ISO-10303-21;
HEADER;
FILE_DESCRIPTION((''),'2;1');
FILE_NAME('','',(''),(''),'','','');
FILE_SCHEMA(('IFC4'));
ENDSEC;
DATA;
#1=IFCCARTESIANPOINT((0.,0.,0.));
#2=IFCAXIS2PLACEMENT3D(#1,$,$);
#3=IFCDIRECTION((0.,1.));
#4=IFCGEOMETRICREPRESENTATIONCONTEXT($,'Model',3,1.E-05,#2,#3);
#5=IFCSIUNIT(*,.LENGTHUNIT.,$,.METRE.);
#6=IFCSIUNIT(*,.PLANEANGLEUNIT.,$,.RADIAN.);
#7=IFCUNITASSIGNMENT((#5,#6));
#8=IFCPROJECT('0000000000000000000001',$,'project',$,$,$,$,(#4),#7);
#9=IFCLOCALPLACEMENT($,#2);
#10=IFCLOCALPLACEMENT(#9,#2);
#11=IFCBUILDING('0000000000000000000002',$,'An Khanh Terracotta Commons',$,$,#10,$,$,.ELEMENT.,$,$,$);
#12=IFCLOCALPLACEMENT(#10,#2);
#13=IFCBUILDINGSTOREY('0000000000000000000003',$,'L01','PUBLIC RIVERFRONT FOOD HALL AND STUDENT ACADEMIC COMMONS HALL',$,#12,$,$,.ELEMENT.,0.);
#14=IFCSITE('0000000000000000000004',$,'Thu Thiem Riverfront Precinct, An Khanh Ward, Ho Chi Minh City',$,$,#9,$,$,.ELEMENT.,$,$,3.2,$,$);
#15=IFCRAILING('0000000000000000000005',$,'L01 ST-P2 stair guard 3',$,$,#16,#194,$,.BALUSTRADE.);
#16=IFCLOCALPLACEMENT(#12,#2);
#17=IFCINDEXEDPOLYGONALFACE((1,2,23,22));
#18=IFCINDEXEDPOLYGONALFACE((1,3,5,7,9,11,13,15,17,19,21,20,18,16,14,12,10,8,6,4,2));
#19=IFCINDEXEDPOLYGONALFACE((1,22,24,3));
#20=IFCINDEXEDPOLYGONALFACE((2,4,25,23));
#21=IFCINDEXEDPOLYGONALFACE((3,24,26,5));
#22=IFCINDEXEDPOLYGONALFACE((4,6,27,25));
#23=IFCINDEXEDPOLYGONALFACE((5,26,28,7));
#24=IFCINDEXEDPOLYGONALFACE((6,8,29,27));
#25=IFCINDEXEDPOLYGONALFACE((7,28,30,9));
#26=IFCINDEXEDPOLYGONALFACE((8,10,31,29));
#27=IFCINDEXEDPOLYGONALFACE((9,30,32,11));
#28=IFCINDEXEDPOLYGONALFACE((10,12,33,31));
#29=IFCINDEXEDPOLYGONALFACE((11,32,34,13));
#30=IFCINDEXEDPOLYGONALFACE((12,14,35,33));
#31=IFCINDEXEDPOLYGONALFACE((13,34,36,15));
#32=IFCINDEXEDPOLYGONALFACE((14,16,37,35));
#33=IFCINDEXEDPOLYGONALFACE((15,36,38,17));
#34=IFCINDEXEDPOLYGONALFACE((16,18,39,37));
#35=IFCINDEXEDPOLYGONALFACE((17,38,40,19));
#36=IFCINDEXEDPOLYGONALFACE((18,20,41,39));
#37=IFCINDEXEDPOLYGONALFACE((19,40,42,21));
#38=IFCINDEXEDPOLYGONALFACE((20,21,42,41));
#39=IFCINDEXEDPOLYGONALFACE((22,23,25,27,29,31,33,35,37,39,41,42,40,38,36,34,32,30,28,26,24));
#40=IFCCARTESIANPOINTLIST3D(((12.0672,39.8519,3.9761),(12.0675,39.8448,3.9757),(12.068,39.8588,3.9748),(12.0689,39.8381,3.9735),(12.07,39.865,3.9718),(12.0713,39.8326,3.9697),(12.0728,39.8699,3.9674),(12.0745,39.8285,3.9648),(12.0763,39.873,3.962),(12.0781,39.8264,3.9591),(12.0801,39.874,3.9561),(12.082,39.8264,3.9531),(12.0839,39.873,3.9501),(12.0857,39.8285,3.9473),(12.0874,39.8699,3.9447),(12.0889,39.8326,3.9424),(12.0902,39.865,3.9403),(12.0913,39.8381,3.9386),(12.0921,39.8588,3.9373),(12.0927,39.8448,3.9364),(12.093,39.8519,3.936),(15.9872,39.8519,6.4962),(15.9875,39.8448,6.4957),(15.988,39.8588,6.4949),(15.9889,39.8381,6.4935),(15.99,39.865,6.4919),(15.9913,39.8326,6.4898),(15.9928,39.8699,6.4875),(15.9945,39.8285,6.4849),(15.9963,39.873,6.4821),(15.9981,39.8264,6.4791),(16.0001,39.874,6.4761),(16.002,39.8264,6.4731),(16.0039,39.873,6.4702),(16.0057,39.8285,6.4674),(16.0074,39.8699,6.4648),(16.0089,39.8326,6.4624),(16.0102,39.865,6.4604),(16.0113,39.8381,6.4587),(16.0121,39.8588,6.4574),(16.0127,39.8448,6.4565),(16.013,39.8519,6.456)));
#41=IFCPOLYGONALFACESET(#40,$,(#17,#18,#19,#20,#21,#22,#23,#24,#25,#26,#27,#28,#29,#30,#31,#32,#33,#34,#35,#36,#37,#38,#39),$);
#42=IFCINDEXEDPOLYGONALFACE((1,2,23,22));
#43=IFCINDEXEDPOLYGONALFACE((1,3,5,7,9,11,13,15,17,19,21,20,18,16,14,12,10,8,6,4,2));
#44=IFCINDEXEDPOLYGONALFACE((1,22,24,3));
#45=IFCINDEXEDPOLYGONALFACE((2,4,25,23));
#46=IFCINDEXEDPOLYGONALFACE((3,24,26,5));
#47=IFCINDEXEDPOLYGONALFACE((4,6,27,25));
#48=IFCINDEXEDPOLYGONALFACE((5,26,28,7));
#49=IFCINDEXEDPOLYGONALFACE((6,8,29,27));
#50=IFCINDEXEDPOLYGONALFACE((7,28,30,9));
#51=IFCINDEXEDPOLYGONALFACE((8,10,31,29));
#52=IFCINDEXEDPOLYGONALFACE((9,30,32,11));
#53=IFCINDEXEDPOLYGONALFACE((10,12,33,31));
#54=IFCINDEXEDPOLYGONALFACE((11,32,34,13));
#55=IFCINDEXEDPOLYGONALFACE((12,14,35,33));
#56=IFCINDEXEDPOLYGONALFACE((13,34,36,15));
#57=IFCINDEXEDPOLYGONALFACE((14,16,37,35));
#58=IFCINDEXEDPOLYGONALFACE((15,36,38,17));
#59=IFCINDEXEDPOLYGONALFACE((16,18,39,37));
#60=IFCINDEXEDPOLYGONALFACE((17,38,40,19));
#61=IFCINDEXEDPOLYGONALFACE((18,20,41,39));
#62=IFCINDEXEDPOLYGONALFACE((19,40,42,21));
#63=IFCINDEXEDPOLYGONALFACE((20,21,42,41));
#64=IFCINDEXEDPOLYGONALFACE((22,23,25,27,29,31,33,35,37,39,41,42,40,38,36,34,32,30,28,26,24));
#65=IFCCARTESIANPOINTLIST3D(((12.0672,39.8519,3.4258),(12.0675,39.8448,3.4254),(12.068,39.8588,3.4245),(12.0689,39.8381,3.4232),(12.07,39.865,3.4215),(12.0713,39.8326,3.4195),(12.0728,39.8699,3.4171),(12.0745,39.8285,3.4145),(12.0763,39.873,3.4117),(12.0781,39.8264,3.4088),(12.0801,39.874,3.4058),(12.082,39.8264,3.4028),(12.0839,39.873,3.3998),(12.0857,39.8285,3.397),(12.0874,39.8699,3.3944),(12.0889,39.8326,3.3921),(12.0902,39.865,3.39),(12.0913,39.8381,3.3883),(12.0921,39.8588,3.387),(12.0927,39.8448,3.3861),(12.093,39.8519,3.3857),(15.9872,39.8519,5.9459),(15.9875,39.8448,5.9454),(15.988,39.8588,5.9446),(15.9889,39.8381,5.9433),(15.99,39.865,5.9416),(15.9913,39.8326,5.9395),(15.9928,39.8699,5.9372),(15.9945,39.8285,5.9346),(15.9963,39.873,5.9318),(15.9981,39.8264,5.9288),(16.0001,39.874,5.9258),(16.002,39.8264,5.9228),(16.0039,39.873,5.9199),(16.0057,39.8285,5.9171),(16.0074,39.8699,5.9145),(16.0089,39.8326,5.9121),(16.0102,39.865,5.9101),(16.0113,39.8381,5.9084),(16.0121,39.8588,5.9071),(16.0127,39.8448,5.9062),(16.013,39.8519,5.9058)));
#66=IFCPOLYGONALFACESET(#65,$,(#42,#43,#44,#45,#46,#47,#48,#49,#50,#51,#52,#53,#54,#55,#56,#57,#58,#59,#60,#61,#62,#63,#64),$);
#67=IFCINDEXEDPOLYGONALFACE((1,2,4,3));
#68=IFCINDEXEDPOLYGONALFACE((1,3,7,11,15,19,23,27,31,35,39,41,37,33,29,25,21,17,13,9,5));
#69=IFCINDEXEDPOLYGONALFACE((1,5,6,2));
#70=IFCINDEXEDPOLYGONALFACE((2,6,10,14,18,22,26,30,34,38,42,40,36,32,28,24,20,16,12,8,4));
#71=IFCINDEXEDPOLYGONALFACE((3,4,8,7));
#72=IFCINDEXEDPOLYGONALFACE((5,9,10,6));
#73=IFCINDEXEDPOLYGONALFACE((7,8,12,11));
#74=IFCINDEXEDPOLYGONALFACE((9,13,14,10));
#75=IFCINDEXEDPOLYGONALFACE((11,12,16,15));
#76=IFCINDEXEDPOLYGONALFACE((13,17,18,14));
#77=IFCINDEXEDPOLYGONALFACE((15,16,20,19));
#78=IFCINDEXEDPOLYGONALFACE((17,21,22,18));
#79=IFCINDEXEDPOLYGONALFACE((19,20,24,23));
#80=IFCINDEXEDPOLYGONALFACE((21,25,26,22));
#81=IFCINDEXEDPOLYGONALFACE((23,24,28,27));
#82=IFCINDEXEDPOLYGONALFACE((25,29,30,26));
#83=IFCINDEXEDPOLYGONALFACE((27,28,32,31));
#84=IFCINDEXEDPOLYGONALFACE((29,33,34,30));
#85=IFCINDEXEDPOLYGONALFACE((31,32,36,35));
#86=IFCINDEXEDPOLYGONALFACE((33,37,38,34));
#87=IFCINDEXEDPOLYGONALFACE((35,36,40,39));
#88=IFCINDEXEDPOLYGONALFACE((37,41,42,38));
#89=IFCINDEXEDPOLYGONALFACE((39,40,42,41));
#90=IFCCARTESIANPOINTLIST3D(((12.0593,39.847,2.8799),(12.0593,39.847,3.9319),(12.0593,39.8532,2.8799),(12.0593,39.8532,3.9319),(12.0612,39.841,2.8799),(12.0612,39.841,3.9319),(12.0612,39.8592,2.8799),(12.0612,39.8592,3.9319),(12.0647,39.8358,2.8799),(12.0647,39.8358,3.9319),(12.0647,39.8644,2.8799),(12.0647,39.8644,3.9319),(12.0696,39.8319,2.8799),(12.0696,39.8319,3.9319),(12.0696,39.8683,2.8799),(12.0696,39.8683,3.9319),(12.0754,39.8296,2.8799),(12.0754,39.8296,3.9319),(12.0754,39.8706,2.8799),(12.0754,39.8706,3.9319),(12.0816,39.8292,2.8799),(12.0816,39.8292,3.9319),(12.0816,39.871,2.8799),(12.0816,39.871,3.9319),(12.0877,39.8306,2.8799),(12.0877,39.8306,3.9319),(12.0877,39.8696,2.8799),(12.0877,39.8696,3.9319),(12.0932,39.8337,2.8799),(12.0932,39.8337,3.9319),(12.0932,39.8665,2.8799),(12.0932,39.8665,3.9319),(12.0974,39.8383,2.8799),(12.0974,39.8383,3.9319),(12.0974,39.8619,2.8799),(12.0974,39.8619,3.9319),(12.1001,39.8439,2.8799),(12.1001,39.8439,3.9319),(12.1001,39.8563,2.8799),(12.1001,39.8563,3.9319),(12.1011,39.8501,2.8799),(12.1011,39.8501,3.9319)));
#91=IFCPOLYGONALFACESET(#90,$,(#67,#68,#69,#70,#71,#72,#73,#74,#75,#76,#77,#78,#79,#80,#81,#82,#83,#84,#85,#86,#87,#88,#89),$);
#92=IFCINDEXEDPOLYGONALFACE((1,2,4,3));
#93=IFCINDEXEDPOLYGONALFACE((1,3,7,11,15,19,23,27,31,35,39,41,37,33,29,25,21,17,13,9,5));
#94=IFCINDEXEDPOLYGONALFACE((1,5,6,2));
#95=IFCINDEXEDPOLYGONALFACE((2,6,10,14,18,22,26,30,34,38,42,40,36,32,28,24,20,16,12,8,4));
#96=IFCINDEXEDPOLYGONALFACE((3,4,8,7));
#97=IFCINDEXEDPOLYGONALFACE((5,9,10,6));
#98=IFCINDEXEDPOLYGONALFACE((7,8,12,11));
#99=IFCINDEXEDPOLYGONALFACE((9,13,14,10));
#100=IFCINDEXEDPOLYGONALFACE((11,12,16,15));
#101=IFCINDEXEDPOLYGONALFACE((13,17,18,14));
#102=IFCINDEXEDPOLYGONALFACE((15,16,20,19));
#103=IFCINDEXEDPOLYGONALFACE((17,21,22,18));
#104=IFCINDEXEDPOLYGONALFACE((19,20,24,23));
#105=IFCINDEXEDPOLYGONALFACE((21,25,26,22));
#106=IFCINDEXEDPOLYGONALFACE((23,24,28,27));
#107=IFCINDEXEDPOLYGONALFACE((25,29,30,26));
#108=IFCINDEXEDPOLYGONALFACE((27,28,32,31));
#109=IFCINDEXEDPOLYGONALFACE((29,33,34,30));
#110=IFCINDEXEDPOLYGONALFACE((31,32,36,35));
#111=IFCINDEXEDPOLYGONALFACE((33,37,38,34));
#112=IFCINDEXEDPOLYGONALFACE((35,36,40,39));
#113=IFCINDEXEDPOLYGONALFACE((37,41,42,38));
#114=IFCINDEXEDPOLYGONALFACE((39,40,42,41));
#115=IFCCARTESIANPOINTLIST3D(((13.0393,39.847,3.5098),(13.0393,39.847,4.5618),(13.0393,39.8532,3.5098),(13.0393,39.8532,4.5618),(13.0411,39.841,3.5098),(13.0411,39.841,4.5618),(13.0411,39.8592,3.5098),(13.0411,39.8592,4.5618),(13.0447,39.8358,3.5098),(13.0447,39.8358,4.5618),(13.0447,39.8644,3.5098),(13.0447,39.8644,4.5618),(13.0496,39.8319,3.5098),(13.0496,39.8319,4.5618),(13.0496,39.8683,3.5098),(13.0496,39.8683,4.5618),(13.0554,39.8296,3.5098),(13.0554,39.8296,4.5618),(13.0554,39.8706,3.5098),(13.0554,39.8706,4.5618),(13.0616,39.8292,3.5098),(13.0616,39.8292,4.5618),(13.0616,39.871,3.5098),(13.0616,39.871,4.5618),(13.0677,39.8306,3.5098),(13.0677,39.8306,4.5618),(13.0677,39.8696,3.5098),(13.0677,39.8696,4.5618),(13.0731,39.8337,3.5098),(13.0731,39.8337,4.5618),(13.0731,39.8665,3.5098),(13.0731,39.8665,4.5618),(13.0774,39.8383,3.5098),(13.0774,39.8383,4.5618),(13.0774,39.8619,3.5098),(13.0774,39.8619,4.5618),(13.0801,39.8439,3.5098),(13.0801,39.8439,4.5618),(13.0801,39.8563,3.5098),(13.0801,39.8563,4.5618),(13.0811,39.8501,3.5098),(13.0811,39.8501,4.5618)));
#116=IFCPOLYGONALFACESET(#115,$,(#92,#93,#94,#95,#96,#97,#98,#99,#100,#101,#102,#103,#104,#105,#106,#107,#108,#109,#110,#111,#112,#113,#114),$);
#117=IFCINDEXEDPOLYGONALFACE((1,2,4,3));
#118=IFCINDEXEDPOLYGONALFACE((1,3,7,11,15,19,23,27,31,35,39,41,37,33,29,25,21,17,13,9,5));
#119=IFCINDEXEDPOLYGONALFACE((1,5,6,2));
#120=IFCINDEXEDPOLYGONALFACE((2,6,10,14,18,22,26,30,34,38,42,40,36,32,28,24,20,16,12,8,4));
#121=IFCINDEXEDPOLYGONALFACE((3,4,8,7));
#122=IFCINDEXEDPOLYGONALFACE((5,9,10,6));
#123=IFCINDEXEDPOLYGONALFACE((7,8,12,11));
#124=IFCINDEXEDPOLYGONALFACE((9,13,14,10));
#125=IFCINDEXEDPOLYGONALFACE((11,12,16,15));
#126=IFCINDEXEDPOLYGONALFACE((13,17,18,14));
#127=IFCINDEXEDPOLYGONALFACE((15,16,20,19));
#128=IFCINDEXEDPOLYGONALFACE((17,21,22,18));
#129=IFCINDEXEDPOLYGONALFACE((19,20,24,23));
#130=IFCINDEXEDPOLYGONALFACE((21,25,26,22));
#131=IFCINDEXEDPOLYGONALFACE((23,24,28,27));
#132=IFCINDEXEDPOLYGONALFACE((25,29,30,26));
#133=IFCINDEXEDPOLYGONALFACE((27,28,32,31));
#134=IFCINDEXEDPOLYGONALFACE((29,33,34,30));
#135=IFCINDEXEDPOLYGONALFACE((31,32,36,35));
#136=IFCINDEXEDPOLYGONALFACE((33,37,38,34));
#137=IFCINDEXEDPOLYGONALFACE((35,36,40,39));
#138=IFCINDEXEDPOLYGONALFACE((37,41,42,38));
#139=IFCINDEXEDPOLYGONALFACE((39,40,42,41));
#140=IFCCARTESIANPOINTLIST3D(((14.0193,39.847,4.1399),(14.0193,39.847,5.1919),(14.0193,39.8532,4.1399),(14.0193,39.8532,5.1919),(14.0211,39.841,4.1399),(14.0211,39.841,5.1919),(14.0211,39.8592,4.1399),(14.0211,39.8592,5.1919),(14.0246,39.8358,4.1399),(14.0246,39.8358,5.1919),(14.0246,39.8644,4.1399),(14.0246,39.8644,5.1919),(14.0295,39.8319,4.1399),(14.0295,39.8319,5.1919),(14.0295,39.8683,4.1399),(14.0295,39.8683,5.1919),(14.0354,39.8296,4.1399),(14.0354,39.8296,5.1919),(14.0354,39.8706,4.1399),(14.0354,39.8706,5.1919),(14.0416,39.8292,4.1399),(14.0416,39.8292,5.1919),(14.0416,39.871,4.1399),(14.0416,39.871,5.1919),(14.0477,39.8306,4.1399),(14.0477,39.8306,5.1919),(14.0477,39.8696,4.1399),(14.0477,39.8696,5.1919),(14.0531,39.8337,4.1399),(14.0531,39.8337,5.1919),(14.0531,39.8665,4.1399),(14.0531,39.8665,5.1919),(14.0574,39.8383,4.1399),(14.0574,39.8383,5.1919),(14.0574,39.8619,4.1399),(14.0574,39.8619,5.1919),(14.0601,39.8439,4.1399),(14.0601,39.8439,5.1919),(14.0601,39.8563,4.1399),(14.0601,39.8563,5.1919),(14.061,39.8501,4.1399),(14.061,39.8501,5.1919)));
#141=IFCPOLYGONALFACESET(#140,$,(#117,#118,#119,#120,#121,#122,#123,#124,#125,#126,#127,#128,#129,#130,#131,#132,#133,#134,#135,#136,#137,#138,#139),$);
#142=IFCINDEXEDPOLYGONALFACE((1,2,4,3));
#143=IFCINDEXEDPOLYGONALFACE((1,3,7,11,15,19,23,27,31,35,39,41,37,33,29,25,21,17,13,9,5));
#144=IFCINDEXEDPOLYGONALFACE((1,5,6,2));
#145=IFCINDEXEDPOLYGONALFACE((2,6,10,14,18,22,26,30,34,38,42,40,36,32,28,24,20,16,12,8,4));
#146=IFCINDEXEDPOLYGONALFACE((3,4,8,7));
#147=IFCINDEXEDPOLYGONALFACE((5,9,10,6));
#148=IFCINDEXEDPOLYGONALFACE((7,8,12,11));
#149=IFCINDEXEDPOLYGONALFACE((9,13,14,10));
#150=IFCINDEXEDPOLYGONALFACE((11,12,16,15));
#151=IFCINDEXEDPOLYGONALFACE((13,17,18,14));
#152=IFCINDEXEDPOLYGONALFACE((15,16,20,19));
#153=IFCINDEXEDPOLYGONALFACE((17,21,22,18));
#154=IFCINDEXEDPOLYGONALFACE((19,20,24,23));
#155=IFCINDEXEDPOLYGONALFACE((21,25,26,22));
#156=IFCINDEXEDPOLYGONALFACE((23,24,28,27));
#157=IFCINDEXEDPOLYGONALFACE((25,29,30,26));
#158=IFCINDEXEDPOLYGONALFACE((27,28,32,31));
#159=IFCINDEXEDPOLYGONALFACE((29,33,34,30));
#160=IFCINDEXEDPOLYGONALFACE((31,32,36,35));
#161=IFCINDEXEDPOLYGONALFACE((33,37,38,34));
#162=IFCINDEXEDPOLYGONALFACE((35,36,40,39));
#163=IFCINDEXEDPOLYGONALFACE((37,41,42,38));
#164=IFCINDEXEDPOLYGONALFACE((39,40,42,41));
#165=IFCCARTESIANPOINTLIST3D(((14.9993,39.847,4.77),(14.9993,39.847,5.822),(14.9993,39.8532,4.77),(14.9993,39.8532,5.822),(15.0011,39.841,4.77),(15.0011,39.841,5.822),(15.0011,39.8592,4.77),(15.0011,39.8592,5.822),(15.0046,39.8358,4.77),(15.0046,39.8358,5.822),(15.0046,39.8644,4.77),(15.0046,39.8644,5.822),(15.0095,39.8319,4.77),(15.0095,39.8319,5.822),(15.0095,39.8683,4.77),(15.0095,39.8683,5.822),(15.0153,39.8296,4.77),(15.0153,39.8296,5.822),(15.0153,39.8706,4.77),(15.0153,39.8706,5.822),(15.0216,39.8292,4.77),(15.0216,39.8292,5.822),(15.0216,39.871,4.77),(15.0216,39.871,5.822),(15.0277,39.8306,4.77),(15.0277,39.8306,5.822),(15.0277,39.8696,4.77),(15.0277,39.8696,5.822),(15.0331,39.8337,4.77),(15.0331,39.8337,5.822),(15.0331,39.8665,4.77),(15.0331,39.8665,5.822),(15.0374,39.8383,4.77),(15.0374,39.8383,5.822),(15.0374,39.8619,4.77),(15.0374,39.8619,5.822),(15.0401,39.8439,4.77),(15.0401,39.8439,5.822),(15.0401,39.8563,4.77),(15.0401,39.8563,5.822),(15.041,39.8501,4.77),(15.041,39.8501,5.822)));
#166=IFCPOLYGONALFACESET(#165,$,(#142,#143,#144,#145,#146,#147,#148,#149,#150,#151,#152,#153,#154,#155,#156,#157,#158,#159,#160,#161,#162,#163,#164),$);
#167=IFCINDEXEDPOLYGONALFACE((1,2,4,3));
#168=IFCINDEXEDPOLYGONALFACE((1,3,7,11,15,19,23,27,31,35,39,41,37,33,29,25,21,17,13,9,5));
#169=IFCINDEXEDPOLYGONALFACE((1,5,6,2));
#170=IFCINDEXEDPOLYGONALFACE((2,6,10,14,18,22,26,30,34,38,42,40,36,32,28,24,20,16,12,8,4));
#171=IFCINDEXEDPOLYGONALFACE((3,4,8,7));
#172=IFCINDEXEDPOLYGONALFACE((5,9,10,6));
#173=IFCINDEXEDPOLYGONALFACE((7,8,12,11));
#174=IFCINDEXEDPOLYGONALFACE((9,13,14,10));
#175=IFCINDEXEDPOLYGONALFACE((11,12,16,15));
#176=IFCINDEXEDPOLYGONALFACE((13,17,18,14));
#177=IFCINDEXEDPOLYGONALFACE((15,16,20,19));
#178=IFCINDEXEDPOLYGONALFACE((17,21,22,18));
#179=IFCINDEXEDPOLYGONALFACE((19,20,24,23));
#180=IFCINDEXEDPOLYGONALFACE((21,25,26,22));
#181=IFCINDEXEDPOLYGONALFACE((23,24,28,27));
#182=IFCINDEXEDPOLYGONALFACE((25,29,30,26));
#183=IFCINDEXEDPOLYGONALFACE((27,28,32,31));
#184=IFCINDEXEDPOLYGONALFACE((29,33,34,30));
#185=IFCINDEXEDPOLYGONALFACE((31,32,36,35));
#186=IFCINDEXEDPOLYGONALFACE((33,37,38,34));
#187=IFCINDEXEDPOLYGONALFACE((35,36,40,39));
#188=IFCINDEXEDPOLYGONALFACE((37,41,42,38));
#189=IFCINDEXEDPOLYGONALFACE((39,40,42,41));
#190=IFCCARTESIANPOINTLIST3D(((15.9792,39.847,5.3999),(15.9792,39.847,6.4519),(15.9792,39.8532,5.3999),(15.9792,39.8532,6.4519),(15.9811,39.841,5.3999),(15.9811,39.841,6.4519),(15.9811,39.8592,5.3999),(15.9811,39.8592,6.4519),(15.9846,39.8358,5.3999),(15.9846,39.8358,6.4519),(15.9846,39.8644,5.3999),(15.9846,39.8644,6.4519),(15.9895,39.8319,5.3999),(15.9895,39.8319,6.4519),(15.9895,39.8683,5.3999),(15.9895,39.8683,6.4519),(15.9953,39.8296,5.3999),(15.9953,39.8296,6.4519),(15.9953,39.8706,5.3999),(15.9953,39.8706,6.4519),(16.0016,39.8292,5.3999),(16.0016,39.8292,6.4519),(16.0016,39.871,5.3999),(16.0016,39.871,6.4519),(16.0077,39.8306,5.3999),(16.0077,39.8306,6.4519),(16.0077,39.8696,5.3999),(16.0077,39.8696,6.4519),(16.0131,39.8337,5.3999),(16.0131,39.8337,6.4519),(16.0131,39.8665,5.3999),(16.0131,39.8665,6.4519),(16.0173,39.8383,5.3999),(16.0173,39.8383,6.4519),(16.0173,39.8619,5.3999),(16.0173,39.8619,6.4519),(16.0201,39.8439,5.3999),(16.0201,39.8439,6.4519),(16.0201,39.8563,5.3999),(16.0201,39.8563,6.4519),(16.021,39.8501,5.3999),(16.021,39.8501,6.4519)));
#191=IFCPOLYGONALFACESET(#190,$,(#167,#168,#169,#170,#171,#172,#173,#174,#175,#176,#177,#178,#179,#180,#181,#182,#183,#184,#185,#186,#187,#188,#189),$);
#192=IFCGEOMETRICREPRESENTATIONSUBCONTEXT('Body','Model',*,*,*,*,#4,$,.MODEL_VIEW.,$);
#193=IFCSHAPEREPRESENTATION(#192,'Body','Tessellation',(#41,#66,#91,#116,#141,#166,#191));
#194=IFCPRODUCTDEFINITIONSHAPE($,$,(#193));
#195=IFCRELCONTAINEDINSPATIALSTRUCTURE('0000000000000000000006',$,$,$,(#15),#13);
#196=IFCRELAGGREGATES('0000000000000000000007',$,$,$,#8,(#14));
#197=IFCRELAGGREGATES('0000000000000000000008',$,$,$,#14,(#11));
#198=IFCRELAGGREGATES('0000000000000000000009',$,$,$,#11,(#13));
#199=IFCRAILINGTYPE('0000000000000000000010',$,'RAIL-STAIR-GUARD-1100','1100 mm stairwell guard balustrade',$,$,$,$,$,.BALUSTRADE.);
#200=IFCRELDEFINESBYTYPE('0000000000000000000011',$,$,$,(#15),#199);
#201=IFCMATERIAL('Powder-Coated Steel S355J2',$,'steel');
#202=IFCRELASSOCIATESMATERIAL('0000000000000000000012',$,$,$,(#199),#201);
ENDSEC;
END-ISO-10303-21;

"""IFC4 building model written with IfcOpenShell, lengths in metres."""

from ifc_helpers import new_model, si_unit, direction, frame, origin, origin_2d, place, context, subcontext, project, spatial, circle, extrude, material, type_object, element, save


model = new_model("IFC4")

# Units and contexts
model_context = context("Model", 3, precision=1e-05, world=origin(), true_north=direction((0.0, 1.0)))
body_context = subcontext(model_context, "Body", "Model", "MODEL_VIEW")
ifc_project = project(units=[si_unit("LENGTHUNIT", "METRE"), si_unit("PLANEANGLEUNIT", "RADIAN")], contexts=[model_context])

# Site, building, storey
site_placement = place(None, origin())
site = spatial("IfcSite", under=ifc_project, at=site_placement, Name="Thu Thiem Riverfront Precinct, An Khanh Ward, Ho Chi Minh City", CompositionType="ELEMENT", RefElevation=3.2)
building_placement = place(site_placement, origin())
building = spatial("IfcBuilding", under=site, at=building_placement, Name="An Khanh Terracotta Commons", CompositionType="ELEMENT")
storey_placement = place(building_placement, origin())
storey = spatial("IfcBuildingStorey", under=building, at=storey_placement, Name="L01", Description="PUBLIC RIVERFRONT FOOD HALL AND STUDENT ACADEMIC COMMONS HALL", CompositionType="ELEMENT", Elevation=0.0)

# Railing
ifc_material_1 = material(Name="Powder-Coated Steel S355J2", Category="steel")
railing_type_1 = type_object("IfcRailingType", Name="RAIL-STAIR-GUARD-1100", Description="1100 mm stairwell guard balustrade", PredefinedType="BALUSTRADE", material=ifc_material_1)
railing_1_placement = place(storey_placement, frame((12.0801, 39.8501, 2.8799)))
element("IfcRailing", 1, at=railing_1_placement, inside=storey, type_object=railing_type_1, Name="L01 ST-P2 stair guard 3", PredefinedType="BALUSTRADE", context=body_context, shape_type="SweptSolid", body=[
    extrude(circle(Radius=0.0239, at=origin_2d()), frame((0.0, 0.0, 1.0762), z_axis=(0.841172, 0.0, 0.540768), x_axis=(0.0, 1.0, 0.0)), (0.0, 0.0, 1.0), 4.6602),
    extrude(circle(Radius=0.0239, at=origin_2d()), frame((0.0, 0.0, 0.5259), z_axis=(0.841172, 0.0, 0.540768), x_axis=(0.0, 1.0, 0.0)), (0.0, 0.0, 1.0), 4.6602),
    extrude(circle(Radius=0.021, at=origin_2d()), origin(), (0.0, 0.0, 1.0), 1.052),
    extrude(circle(Radius=0.021, at=origin_2d()), frame((0.98, 0.0, 0.6299)), (0.0, 0.0, 1.0), 1.052),
    extrude(circle(Radius=0.021, at=origin_2d()), frame((1.96, 0.0, 1.26)), (0.0, 0.0, 1.0), 1.052),
    extrude(circle(Radius=0.021, at=origin_2d()), frame((2.9399, 0.0, 1.8901)), (0.0, 0.0, 1.0), 1.052),
    extrude(circle(Radius=0.021, at=origin_2d()), frame((3.9199, 0.0, 2.52)), (0.0, 0.0, 1.0), 1.052),
])

save(model, "model.ifc")
